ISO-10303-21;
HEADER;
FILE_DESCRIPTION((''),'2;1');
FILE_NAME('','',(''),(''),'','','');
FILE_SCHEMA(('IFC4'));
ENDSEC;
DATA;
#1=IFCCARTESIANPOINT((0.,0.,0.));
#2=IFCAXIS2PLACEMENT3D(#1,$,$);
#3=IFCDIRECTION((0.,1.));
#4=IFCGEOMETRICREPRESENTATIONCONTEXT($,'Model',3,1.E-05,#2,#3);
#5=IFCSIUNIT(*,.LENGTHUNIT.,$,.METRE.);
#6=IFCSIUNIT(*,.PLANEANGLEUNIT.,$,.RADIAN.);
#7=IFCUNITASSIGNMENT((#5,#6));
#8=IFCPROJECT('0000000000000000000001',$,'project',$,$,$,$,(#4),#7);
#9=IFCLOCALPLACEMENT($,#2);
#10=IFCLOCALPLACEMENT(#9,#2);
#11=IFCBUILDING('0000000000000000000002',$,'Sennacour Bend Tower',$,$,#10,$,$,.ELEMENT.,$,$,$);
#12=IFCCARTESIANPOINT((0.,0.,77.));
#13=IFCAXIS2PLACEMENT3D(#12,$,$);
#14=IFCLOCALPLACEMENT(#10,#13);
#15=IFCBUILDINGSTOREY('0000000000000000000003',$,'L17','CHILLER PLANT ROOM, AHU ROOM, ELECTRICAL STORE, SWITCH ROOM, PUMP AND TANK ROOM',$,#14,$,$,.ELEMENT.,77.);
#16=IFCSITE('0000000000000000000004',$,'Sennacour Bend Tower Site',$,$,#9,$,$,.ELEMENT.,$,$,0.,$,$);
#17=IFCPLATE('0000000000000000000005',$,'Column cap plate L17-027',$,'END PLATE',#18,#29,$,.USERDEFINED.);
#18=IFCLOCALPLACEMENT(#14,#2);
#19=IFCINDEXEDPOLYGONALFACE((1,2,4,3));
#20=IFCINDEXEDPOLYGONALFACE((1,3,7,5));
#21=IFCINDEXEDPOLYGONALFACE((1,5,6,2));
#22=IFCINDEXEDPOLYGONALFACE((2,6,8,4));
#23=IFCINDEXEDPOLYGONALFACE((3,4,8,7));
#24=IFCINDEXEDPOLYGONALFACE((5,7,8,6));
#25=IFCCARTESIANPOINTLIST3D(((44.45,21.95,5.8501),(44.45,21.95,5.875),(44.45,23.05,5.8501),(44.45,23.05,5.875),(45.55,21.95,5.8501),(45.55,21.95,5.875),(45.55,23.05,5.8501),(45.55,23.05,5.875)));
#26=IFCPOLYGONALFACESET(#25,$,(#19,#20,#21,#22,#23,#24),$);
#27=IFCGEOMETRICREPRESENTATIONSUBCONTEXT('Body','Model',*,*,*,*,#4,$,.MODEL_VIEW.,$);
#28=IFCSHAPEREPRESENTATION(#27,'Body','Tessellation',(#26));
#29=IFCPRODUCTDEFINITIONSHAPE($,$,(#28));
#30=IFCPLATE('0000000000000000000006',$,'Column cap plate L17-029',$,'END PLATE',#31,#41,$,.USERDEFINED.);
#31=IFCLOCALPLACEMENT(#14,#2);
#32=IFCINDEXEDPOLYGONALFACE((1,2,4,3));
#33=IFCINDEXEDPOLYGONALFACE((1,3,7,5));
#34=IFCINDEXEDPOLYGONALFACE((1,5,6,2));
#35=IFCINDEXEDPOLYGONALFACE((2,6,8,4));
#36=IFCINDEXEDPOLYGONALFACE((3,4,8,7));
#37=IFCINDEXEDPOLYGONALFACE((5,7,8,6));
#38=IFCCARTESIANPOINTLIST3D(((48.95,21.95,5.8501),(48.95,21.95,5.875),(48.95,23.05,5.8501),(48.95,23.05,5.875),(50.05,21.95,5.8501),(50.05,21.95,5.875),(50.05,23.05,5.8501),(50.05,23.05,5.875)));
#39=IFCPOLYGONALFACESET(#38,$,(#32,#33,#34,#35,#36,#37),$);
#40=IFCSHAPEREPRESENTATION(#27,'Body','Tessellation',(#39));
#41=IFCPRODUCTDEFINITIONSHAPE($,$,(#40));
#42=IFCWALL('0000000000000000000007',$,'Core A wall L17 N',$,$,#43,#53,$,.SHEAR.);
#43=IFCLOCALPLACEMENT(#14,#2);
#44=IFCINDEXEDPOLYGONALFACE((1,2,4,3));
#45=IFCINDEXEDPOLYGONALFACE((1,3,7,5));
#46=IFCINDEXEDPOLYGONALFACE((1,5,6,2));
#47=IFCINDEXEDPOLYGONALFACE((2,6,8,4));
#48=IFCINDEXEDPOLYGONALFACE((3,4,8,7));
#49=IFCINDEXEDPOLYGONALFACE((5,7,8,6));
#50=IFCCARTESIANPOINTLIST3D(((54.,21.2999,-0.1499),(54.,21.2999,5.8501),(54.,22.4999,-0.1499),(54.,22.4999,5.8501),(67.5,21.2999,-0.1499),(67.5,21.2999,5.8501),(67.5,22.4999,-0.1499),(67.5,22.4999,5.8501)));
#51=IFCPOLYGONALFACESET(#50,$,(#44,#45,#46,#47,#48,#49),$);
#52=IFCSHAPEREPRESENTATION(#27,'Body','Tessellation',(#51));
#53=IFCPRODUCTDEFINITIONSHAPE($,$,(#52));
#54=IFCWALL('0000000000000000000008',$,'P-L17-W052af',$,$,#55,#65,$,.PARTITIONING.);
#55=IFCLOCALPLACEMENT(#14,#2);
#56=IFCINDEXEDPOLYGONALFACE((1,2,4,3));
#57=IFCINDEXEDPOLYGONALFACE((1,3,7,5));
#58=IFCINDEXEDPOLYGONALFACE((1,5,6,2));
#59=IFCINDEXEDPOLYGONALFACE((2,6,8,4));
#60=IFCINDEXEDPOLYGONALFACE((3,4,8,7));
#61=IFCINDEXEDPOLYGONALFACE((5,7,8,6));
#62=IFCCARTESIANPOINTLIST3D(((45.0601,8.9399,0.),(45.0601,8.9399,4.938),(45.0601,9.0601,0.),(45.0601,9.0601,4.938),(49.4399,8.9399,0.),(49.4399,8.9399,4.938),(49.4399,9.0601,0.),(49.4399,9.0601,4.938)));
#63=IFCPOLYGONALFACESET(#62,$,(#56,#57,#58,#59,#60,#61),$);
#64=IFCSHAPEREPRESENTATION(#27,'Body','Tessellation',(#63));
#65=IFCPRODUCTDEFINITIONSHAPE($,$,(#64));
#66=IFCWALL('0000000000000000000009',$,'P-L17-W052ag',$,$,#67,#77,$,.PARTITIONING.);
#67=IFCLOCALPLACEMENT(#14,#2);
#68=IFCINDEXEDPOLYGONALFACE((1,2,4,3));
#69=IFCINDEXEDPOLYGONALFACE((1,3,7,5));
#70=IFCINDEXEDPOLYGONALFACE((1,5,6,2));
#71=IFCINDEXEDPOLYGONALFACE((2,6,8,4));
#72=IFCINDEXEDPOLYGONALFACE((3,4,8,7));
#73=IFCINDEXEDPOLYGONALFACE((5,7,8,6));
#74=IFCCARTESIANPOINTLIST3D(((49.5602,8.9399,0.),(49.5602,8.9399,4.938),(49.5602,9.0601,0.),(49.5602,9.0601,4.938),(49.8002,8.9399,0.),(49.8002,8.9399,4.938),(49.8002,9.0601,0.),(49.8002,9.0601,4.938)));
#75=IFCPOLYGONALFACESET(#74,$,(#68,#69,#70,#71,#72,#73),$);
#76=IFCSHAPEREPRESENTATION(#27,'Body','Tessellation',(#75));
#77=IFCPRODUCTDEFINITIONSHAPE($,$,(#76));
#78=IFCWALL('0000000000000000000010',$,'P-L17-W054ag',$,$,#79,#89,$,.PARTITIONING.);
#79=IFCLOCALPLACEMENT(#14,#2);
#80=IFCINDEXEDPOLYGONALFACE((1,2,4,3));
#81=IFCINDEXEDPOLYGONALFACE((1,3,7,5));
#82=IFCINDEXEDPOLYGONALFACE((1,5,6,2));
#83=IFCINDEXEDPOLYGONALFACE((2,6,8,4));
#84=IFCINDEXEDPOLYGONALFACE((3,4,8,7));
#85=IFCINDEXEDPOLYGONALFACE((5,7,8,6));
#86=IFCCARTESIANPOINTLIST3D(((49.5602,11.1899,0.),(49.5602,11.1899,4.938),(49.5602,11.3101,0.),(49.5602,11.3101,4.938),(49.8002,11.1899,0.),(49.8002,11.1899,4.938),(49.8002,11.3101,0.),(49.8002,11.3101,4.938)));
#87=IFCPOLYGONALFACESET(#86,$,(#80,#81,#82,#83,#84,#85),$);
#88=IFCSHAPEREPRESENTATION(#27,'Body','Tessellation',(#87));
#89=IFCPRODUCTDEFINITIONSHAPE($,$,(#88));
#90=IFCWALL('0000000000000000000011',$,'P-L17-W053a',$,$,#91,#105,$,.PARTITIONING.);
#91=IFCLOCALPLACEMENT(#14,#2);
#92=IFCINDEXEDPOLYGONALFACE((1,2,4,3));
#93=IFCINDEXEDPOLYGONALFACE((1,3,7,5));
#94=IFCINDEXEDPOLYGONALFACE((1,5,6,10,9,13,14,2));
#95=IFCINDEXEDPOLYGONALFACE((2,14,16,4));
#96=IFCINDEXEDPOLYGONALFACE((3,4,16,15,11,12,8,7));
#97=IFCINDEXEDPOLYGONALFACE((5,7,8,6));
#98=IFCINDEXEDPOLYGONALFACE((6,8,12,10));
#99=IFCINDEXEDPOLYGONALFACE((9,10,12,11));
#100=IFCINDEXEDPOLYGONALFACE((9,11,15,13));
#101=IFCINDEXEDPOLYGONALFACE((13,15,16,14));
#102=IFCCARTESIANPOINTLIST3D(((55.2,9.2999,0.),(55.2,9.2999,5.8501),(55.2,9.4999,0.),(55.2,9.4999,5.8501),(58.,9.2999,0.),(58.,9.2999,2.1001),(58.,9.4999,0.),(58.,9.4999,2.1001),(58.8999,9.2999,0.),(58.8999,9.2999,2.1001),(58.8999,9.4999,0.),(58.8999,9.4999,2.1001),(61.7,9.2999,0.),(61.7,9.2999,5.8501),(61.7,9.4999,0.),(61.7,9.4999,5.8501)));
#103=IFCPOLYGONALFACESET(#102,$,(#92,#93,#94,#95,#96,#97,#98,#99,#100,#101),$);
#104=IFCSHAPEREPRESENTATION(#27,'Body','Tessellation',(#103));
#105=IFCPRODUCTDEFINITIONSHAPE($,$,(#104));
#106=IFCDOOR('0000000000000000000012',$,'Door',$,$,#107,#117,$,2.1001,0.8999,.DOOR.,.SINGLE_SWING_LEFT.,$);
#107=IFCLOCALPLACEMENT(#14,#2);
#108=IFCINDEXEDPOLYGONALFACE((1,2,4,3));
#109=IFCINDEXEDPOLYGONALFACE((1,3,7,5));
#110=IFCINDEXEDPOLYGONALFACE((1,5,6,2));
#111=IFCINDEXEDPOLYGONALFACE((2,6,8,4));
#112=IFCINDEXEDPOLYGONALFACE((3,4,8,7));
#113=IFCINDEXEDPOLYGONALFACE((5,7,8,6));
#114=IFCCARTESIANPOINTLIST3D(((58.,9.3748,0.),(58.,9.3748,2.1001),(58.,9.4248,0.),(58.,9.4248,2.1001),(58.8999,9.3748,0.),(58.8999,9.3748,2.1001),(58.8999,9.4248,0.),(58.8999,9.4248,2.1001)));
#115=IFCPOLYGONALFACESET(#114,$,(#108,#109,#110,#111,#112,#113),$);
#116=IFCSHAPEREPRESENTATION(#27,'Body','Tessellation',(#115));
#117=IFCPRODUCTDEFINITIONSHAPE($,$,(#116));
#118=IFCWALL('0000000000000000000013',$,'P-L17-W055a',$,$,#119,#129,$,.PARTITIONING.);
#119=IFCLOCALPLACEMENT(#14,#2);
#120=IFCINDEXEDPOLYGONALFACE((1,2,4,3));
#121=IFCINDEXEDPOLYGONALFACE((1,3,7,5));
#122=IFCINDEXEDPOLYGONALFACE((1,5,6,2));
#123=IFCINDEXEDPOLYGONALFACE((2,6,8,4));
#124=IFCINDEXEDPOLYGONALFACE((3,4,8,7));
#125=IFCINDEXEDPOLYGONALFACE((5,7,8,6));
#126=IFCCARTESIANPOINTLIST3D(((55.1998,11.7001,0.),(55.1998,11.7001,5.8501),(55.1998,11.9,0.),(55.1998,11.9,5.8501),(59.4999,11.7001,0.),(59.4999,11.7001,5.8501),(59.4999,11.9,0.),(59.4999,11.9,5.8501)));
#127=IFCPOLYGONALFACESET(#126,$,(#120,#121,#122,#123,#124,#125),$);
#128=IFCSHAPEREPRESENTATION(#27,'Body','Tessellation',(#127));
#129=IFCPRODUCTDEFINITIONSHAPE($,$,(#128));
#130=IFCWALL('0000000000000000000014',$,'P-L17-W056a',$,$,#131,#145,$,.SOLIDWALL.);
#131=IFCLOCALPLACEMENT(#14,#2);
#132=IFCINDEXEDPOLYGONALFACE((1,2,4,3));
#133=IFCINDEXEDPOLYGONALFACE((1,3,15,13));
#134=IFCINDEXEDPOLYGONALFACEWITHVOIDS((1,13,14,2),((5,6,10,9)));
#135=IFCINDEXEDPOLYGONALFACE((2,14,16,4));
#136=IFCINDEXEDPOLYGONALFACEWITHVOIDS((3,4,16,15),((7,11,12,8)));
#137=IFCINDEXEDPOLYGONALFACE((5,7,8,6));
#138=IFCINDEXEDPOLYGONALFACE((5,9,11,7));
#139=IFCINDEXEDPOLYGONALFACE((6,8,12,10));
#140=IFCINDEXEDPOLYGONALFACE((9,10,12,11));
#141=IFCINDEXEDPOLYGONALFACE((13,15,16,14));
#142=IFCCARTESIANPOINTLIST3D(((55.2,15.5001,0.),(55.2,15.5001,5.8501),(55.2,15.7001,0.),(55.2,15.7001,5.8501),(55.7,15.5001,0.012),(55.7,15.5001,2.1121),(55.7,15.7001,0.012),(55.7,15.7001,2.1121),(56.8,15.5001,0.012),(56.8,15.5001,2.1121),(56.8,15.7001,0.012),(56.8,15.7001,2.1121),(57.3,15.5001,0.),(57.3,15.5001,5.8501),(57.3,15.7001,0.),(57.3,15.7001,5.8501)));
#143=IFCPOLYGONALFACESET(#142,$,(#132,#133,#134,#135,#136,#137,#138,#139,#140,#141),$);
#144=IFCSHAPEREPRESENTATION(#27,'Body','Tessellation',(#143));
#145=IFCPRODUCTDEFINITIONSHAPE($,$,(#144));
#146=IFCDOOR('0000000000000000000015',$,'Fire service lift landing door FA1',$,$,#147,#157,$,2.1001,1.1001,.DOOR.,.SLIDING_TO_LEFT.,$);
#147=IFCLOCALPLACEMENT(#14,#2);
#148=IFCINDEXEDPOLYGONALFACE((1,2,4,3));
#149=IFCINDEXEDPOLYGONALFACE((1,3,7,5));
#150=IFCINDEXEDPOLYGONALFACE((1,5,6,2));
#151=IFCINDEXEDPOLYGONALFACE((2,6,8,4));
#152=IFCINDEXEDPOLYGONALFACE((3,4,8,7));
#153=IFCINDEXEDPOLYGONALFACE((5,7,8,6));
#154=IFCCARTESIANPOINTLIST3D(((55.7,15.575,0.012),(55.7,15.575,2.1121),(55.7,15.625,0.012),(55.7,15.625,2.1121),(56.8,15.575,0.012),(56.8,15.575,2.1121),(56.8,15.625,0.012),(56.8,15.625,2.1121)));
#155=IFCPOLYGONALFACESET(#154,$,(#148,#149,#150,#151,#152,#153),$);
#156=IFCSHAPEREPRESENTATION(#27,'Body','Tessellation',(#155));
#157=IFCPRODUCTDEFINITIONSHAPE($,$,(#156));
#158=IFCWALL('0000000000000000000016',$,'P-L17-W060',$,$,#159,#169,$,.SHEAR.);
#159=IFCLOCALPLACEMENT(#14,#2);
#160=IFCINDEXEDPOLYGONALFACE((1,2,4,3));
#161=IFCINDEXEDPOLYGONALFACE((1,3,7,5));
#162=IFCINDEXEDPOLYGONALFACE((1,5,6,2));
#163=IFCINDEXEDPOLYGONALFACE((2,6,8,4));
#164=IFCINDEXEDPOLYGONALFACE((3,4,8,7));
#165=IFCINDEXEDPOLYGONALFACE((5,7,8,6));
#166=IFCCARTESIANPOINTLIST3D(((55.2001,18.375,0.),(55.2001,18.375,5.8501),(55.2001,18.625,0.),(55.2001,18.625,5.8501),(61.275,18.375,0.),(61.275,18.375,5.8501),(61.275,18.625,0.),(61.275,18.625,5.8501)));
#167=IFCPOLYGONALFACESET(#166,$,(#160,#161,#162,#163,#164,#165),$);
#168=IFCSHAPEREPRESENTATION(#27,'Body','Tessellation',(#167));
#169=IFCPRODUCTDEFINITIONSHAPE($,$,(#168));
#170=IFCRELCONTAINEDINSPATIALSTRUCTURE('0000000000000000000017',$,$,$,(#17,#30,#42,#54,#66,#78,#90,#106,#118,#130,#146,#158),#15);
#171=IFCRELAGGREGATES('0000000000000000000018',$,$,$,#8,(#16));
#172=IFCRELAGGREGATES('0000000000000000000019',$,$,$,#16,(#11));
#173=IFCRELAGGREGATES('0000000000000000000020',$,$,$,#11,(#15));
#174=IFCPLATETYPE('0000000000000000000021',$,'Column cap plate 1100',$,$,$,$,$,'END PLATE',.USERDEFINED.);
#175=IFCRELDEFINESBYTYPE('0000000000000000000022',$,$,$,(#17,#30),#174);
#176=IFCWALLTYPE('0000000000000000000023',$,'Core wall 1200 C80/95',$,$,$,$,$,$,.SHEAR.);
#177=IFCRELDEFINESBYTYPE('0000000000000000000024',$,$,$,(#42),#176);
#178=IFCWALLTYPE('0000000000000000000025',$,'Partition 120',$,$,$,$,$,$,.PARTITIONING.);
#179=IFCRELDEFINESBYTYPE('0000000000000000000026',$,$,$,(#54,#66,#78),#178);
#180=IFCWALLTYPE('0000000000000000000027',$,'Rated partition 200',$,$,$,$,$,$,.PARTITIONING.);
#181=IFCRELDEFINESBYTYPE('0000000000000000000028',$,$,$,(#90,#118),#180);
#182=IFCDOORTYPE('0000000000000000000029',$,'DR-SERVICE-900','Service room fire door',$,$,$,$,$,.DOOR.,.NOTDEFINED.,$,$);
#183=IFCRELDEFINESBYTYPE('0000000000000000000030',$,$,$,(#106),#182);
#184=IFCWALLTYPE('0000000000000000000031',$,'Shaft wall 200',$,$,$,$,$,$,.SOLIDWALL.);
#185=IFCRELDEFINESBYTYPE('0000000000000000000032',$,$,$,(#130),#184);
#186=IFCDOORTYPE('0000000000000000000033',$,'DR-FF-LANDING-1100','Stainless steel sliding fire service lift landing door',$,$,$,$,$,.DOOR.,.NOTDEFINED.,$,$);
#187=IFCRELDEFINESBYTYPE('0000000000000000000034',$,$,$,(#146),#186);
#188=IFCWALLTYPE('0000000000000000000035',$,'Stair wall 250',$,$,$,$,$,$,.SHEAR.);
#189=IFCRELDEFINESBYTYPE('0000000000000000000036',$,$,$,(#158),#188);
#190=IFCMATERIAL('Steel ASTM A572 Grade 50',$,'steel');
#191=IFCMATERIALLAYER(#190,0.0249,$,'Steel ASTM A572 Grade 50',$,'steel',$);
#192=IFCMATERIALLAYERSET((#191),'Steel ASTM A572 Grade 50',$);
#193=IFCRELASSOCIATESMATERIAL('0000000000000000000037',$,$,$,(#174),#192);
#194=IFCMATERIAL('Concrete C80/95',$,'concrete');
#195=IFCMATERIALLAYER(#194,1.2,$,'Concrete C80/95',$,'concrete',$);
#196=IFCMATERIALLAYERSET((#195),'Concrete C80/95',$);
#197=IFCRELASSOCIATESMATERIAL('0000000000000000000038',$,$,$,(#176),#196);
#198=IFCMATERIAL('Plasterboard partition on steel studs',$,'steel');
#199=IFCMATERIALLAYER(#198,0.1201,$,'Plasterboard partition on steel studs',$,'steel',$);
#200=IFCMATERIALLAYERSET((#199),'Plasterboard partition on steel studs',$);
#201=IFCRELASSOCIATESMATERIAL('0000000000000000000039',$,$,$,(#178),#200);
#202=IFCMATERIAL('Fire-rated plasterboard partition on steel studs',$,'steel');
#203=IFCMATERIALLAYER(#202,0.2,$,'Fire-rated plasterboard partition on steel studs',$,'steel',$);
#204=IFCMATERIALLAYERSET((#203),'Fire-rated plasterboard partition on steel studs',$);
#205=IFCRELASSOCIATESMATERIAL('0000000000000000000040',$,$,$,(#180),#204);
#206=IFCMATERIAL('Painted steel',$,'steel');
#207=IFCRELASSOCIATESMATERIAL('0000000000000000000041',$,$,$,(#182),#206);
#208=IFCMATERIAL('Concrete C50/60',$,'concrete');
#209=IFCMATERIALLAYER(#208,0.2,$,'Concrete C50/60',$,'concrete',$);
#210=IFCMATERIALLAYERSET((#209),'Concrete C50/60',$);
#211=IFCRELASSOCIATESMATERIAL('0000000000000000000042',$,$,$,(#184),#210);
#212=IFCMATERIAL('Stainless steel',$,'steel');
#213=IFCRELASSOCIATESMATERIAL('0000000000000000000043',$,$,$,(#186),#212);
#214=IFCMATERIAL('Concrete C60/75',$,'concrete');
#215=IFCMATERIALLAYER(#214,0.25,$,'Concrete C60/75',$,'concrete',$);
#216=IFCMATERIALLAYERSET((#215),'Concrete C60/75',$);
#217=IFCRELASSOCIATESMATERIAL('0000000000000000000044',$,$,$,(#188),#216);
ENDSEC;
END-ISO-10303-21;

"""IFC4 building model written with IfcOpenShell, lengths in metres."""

from ifc_helpers import new_model, si_unit, direction, frame, frame_2d, origin, origin_2d, place, context, subcontext, project, spatial, rectangle, extrude, material, layer, layer_set, type_object, element, fill, save


model = new_model("IFC4")

# Units and contexts
model_context = context("Model", 3, precision=1e-05, world=origin(), true_north=direction((0.0, 1.0)))
body_context = subcontext(model_context, "Body", "Model", "MODEL_VIEW")
ifc_project = project(units=[si_unit("LENGTHUNIT", "METRE"), si_unit("PLANEANGLEUNIT", "RADIAN")], contexts=[model_context])

# Site, building, storey
site_placement = place(None, origin())
site = spatial("IfcSite", under=ifc_project, at=site_placement, Name="Sennacour Bend Tower Site", CompositionType="ELEMENT", RefElevation=0.0)
building_placement = place(site_placement, origin())
building = spatial("IfcBuilding", under=site, at=building_placement, Name="Sennacour Bend Tower", CompositionType="ELEMENT")
storey_placement = place(building_placement, frame((0.0, 0.0, 77.0)))
storey = spatial("IfcBuildingStorey", under=building, at=storey_placement, Name="L17", Description="CHILLER PLANT ROOM, AHU ROOM, ELECTRICAL STORE, SWITCH ROOM, PUMP AND TANK ROOM", CompositionType="ELEMENT", Elevation=77.0)

# Shared definitions
ifc_material_1 = material(Name="Steel ASTM A572 Grade 50", Category="steel")

# Plates
ifc_layer_1 = layer(ifc_material_1, 0.0249, Name="Steel ASTM A572 Grade 50", Category="steel")
ifc_layer_set_1 = layer_set([ifc_layer_1], Name="Steel ASTM A572 Grade 50")
plate_type_1 = type_object("IfcPlateType", Name="Column cap plate 1100", ElementType="END PLATE", PredefinedType="USERDEFINED", material=ifc_layer_set_1)
for number, where, z_axis, x_axis, name in (
    (1, (45.0, 22.5, 5.8501), (0.0, 0.0, 1.0), (1.0, 0.0, 0.0), "Column cap plate L17-027"),
    (2, (49.5, 22.5, 5.8501), (0.0, 0.0, 1.0), (1.0, 0.0, 0.0), "Column cap plate L17-029"),
):
    element("IfcPlate", number, at=place(storey_placement, frame(where, z_axis=z_axis, x_axis=x_axis)), inside=storey, type_object=plate_type_1, Name=name, ObjectType="END PLATE", PredefinedType="USERDEFINED", context=body_context, shape_type="SweptSolid", body=[
        extrude(rectangle(XDim=1.1001, YDim=1.1001, at=origin_2d()), origin(), (0.0, 0.0, 1.0), 0.0249),
    ])

# Walls
ifc_material_2 = material(Name="Concrete C80/95", Category="concrete")
ifc_layer_2 = layer(ifc_material_2, 1.2, Name="Concrete C80/95", Category="concrete")
ifc_layer_set_2 = layer_set([ifc_layer_2], Name="Concrete C80/95")
wall_type_1 = type_object("IfcWallType", Name="Core wall 1200 C80/95", PredefinedType="SHEAR", material=ifc_layer_set_2)
wall_1_placement = place(storey_placement, frame((54.0, 21.8999, -0.1499), z_axis=(0.0, 0.0, 1.0), x_axis=(1.0, 0.0, 0.0)))
element("IfcWall", 3, at=wall_1_placement, inside=storey, type_object=wall_type_1, Name="Core A wall L17 N", PredefinedType="SHEAR", context=body_context, shape_type="SweptSolid", body=[
    extrude(rectangle(XDim=13.5, YDim=1.2, at=frame_2d((6.75, 0.0))), origin(), (0.0, 0.0, 1.0), 6.0),
])
ifc_material_3 = material(Name="Plasterboard partition on steel studs", Category="steel")
ifc_layer_3 = layer(ifc_material_3, 0.1201, Name="Plasterboard partition on steel studs", Category="steel")
ifc_layer_set_3 = layer_set([ifc_layer_3], Name="Plasterboard partition on steel studs")
wall_type_2 = type_object("IfcWallType", Name="Partition 120", PredefinedType="PARTITIONING", material=ifc_layer_set_3)
wall_2_placement = place(storey_placement, frame((45.0601, 9.0, 0.0), z_axis=(0.0, 0.0, 1.0), x_axis=(1.0, 0.0, 0.0)))
element("IfcWall", 4, at=wall_2_placement, inside=storey, type_object=wall_type_2, Name="P-L17-W052af", PredefinedType="PARTITIONING", context=body_context, shape_type="SweptSolid", body=[
    extrude(rectangle(XDim=4.3799, YDim=0.1201, at=frame_2d((2.1899, 0.0))), origin(), (0.0, 0.0, 1.0), 4.938),
])
for number, where, z_axis, x_axis, name in (
    (5, (49.5601, 9.0, 0.0), (0.0, 0.0, 1.0), (1.0, 0.0, 0.0), "P-L17-W052ag"),
    (6, (49.5601, 11.25, 0.0), (0.0, 0.0, 1.0), (1.0, 0.0, 0.0), "P-L17-W054ag"),
):
    element("IfcWall", number, at=place(storey_placement, frame(where, z_axis=z_axis, x_axis=x_axis)), inside=storey, type_object=wall_type_2, Name=name, PredefinedType="PARTITIONING", context=body_context, shape_type="SweptSolid", body=[
        extrude(rectangle(XDim=0.24, YDim=0.1201, at=frame_2d((0.1201, 0.0))), origin(), (0.0, 0.0, 1.0), 4.938),
    ])

# Wall, opening, door
ifc_material_4 = material(Name="Fire-rated plasterboard partition on steel studs", Category="steel")
ifc_layer_4 = layer(ifc_material_4, 0.2, Name="Fire-rated plasterboard partition on steel studs", Category="steel")
ifc_layer_set_4 = layer_set([ifc_layer_4], Name="Fire-rated plasterboard partition on steel studs")
wall_type_3 = type_object("IfcWallType", Name="Rated partition 200", PredefinedType="PARTITIONING", material=ifc_layer_set_4)
wall_3_placement = place(storey_placement, frame((55.2, 9.3999, 0.0), z_axis=(0.0, 0.0, 1.0), x_axis=(1.0, 0.0, 0.0)))
wall_3 = element("IfcWall", 7, at=wall_3_placement, inside=storey, type_object=wall_type_3, Name="P-L17-W053a", PredefinedType="PARTITIONING", context=body_context, shape_type="SweptSolid", body=[
    extrude(rectangle(XDim=6.5, YDim=0.2, at=frame_2d((3.25, 0.0))), origin(), (0.0, 0.0, 1.0), 5.8501),
])
opening_1_placement = place(wall_3_placement, frame((2.8, 0.0, 0.0)))
opening_1 = element("IfcOpeningElement", 8, at=opening_1_placement, cuts=wall_3, PredefinedType="OPENING", context=body_context, shape_type="SweptSolid", body=[
    extrude(rectangle(XDim=0.8999, YDim=2.1001, at=frame_2d((0.45, 1.05))), frame((0.0, 0.1099, 0.0), z_axis=(0.0, -1.0, 0.0), x_axis=(1.0, 0.0, 0.0)), (0.0, 0.0, 1.0), 0.22),
])
ifc_material_5 = material(Name="Painted steel", Category="steel")
door_type_1 = type_object("IfcDoorType", Name="DR-SERVICE-900", Description="Service room fire door", OperationType="NOTDEFINED", PredefinedType="DOOR", material=ifc_material_5)
door_1_placement = place(opening_1_placement, origin())
door_1 = element("IfcDoor", 9, at=door_1_placement, inside=storey, type_object=door_type_1, Name="Door", OperationType="SINGLE_SWING_LEFT", OverallHeight=2.1001, OverallWidth=0.8999, PredefinedType="DOOR", context=body_context, shape_type="SweptSolid", body=[
    extrude(rectangle(XDim=0.8999, YDim=2.1001, at=frame_2d((0.45, 1.05))), frame((0.0, 0.0249, 0.0), z_axis=(0.0, -1.0, 0.0), x_axis=(1.0, 0.0, 0.0)), (0.0, 0.0, 1.0), 0.05),
])
fill(opening_1, door_1)

# Wall
wall_4_placement = place(storey_placement, frame((55.2, 11.8, 0.0), z_axis=(0.0, 0.0, 1.0), x_axis=(1.0, 0.0, 0.0)))
element("IfcWall", 10, at=wall_4_placement, inside=storey, type_object=wall_type_3, Name="P-L17-W055a", PredefinedType="PARTITIONING", context=body_context, shape_type="SweptSolid", body=[
    extrude(rectangle(XDim=4.3, YDim=0.2, at=frame_2d((2.1499, 0.0))), origin(), (0.0, 0.0, 1.0), 5.8501),
])

# Wall, opening, door
ifc_material_6 = material(Name="Concrete C50/60", Category="concrete")
ifc_layer_5 = layer(ifc_material_6, 0.2, Name="Concrete C50/60", Category="concrete")
ifc_layer_set_5 = layer_set([ifc_layer_5], Name="Concrete C50/60")
wall_type_4 = type_object("IfcWallType", Name="Shaft wall 200", PredefinedType="SOLIDWALL", material=ifc_layer_set_5)
wall_5_placement = place(storey_placement, frame((55.2, 15.6001, 0.0), z_axis=(0.0, 0.0, 1.0), x_axis=(1.0, 0.0, 0.0)))
wall_5 = element("IfcWall", 11, at=wall_5_placement, inside=storey, type_object=wall_type_4, Name="P-L17-W056a", PredefinedType="SOLIDWALL", context=body_context, shape_type="SweptSolid", body=[
    extrude(rectangle(XDim=2.1001, YDim=0.2, at=frame_2d((1.05, 0.0))), origin(), (0.0, 0.0, 1.0), 5.8501),
])
opening_2_placement = place(wall_5_placement, frame((0.5, 0.0, 0.012)))
opening_2 = element("IfcOpeningElement", 12, at=opening_2_placement, cuts=wall_5, PredefinedType="OPENING", context=body_context, shape_type="SweptSolid", body=[
    extrude(rectangle(XDim=1.1001, YDim=2.1001, at=frame_2d((0.55, 1.05))), frame((0.0, 0.1099, 0.0), z_axis=(0.0, -1.0, 0.0), x_axis=(1.0, 0.0, 0.0)), (0.0, 0.0, 1.0), 0.22),
])
ifc_material_7 = material(Name="Stainless steel", Category="steel")
door_type_2 = type_object("IfcDoorType", Name="DR-FF-LANDING-1100", Description="Stainless steel sliding fire service lift landing door", OperationType="NOTDEFINED", PredefinedType="DOOR", material=ifc_material_7)
door_2_placement = place(opening_2_placement, origin())
door_2 = element("IfcDoor", 13, at=door_2_placement, inside=storey, type_object=door_type_2, Name="Fire service lift landing door FA1", OperationType="SLIDING_TO_LEFT", OverallHeight=2.1001, OverallWidth=1.1001, PredefinedType="DOOR", context=body_context, shape_type="SweptSolid", body=[
    extrude(rectangle(XDim=1.1001, YDim=2.1001, at=frame_2d((0.55, 1.05))), frame((0.0, 0.0249, 0.0), z_axis=(0.0, -1.0, 0.0), x_axis=(1.0, 0.0, 0.0)), (0.0, 0.0, 1.0), 0.05),
])
fill(opening_2, door_2)

# Wall
ifc_material_8 = material(Name="Concrete C60/75", Category="concrete")
ifc_layer_6 = layer(ifc_material_8, 0.25, Name="Concrete C60/75", Category="concrete")
ifc_layer_set_6 = layer_set([ifc_layer_6], Name="Concrete C60/75")
wall_type_5 = type_object("IfcWallType", Name="Stair wall 250", PredefinedType="SHEAR", material=ifc_layer_set_6)
wall_6_placement = place(storey_placement, frame((55.2, 18.5, 0.0), z_axis=(0.0, 0.0, 1.0), x_axis=(1.0, 0.0, 0.0)))
element("IfcWall", 14, at=wall_6_placement, inside=storey, type_object=wall_type_5, Name="P-L17-W060", PredefinedType="SHEAR", context=body_context, shape_type="SweptSolid", body=[
    extrude(rectangle(XDim=6.075, YDim=0.25, at=frame_2d((3.0376, 0.0))), origin(), (0.0, 0.0, 1.0), 5.8501),
])

save(model, "model.ifc")
